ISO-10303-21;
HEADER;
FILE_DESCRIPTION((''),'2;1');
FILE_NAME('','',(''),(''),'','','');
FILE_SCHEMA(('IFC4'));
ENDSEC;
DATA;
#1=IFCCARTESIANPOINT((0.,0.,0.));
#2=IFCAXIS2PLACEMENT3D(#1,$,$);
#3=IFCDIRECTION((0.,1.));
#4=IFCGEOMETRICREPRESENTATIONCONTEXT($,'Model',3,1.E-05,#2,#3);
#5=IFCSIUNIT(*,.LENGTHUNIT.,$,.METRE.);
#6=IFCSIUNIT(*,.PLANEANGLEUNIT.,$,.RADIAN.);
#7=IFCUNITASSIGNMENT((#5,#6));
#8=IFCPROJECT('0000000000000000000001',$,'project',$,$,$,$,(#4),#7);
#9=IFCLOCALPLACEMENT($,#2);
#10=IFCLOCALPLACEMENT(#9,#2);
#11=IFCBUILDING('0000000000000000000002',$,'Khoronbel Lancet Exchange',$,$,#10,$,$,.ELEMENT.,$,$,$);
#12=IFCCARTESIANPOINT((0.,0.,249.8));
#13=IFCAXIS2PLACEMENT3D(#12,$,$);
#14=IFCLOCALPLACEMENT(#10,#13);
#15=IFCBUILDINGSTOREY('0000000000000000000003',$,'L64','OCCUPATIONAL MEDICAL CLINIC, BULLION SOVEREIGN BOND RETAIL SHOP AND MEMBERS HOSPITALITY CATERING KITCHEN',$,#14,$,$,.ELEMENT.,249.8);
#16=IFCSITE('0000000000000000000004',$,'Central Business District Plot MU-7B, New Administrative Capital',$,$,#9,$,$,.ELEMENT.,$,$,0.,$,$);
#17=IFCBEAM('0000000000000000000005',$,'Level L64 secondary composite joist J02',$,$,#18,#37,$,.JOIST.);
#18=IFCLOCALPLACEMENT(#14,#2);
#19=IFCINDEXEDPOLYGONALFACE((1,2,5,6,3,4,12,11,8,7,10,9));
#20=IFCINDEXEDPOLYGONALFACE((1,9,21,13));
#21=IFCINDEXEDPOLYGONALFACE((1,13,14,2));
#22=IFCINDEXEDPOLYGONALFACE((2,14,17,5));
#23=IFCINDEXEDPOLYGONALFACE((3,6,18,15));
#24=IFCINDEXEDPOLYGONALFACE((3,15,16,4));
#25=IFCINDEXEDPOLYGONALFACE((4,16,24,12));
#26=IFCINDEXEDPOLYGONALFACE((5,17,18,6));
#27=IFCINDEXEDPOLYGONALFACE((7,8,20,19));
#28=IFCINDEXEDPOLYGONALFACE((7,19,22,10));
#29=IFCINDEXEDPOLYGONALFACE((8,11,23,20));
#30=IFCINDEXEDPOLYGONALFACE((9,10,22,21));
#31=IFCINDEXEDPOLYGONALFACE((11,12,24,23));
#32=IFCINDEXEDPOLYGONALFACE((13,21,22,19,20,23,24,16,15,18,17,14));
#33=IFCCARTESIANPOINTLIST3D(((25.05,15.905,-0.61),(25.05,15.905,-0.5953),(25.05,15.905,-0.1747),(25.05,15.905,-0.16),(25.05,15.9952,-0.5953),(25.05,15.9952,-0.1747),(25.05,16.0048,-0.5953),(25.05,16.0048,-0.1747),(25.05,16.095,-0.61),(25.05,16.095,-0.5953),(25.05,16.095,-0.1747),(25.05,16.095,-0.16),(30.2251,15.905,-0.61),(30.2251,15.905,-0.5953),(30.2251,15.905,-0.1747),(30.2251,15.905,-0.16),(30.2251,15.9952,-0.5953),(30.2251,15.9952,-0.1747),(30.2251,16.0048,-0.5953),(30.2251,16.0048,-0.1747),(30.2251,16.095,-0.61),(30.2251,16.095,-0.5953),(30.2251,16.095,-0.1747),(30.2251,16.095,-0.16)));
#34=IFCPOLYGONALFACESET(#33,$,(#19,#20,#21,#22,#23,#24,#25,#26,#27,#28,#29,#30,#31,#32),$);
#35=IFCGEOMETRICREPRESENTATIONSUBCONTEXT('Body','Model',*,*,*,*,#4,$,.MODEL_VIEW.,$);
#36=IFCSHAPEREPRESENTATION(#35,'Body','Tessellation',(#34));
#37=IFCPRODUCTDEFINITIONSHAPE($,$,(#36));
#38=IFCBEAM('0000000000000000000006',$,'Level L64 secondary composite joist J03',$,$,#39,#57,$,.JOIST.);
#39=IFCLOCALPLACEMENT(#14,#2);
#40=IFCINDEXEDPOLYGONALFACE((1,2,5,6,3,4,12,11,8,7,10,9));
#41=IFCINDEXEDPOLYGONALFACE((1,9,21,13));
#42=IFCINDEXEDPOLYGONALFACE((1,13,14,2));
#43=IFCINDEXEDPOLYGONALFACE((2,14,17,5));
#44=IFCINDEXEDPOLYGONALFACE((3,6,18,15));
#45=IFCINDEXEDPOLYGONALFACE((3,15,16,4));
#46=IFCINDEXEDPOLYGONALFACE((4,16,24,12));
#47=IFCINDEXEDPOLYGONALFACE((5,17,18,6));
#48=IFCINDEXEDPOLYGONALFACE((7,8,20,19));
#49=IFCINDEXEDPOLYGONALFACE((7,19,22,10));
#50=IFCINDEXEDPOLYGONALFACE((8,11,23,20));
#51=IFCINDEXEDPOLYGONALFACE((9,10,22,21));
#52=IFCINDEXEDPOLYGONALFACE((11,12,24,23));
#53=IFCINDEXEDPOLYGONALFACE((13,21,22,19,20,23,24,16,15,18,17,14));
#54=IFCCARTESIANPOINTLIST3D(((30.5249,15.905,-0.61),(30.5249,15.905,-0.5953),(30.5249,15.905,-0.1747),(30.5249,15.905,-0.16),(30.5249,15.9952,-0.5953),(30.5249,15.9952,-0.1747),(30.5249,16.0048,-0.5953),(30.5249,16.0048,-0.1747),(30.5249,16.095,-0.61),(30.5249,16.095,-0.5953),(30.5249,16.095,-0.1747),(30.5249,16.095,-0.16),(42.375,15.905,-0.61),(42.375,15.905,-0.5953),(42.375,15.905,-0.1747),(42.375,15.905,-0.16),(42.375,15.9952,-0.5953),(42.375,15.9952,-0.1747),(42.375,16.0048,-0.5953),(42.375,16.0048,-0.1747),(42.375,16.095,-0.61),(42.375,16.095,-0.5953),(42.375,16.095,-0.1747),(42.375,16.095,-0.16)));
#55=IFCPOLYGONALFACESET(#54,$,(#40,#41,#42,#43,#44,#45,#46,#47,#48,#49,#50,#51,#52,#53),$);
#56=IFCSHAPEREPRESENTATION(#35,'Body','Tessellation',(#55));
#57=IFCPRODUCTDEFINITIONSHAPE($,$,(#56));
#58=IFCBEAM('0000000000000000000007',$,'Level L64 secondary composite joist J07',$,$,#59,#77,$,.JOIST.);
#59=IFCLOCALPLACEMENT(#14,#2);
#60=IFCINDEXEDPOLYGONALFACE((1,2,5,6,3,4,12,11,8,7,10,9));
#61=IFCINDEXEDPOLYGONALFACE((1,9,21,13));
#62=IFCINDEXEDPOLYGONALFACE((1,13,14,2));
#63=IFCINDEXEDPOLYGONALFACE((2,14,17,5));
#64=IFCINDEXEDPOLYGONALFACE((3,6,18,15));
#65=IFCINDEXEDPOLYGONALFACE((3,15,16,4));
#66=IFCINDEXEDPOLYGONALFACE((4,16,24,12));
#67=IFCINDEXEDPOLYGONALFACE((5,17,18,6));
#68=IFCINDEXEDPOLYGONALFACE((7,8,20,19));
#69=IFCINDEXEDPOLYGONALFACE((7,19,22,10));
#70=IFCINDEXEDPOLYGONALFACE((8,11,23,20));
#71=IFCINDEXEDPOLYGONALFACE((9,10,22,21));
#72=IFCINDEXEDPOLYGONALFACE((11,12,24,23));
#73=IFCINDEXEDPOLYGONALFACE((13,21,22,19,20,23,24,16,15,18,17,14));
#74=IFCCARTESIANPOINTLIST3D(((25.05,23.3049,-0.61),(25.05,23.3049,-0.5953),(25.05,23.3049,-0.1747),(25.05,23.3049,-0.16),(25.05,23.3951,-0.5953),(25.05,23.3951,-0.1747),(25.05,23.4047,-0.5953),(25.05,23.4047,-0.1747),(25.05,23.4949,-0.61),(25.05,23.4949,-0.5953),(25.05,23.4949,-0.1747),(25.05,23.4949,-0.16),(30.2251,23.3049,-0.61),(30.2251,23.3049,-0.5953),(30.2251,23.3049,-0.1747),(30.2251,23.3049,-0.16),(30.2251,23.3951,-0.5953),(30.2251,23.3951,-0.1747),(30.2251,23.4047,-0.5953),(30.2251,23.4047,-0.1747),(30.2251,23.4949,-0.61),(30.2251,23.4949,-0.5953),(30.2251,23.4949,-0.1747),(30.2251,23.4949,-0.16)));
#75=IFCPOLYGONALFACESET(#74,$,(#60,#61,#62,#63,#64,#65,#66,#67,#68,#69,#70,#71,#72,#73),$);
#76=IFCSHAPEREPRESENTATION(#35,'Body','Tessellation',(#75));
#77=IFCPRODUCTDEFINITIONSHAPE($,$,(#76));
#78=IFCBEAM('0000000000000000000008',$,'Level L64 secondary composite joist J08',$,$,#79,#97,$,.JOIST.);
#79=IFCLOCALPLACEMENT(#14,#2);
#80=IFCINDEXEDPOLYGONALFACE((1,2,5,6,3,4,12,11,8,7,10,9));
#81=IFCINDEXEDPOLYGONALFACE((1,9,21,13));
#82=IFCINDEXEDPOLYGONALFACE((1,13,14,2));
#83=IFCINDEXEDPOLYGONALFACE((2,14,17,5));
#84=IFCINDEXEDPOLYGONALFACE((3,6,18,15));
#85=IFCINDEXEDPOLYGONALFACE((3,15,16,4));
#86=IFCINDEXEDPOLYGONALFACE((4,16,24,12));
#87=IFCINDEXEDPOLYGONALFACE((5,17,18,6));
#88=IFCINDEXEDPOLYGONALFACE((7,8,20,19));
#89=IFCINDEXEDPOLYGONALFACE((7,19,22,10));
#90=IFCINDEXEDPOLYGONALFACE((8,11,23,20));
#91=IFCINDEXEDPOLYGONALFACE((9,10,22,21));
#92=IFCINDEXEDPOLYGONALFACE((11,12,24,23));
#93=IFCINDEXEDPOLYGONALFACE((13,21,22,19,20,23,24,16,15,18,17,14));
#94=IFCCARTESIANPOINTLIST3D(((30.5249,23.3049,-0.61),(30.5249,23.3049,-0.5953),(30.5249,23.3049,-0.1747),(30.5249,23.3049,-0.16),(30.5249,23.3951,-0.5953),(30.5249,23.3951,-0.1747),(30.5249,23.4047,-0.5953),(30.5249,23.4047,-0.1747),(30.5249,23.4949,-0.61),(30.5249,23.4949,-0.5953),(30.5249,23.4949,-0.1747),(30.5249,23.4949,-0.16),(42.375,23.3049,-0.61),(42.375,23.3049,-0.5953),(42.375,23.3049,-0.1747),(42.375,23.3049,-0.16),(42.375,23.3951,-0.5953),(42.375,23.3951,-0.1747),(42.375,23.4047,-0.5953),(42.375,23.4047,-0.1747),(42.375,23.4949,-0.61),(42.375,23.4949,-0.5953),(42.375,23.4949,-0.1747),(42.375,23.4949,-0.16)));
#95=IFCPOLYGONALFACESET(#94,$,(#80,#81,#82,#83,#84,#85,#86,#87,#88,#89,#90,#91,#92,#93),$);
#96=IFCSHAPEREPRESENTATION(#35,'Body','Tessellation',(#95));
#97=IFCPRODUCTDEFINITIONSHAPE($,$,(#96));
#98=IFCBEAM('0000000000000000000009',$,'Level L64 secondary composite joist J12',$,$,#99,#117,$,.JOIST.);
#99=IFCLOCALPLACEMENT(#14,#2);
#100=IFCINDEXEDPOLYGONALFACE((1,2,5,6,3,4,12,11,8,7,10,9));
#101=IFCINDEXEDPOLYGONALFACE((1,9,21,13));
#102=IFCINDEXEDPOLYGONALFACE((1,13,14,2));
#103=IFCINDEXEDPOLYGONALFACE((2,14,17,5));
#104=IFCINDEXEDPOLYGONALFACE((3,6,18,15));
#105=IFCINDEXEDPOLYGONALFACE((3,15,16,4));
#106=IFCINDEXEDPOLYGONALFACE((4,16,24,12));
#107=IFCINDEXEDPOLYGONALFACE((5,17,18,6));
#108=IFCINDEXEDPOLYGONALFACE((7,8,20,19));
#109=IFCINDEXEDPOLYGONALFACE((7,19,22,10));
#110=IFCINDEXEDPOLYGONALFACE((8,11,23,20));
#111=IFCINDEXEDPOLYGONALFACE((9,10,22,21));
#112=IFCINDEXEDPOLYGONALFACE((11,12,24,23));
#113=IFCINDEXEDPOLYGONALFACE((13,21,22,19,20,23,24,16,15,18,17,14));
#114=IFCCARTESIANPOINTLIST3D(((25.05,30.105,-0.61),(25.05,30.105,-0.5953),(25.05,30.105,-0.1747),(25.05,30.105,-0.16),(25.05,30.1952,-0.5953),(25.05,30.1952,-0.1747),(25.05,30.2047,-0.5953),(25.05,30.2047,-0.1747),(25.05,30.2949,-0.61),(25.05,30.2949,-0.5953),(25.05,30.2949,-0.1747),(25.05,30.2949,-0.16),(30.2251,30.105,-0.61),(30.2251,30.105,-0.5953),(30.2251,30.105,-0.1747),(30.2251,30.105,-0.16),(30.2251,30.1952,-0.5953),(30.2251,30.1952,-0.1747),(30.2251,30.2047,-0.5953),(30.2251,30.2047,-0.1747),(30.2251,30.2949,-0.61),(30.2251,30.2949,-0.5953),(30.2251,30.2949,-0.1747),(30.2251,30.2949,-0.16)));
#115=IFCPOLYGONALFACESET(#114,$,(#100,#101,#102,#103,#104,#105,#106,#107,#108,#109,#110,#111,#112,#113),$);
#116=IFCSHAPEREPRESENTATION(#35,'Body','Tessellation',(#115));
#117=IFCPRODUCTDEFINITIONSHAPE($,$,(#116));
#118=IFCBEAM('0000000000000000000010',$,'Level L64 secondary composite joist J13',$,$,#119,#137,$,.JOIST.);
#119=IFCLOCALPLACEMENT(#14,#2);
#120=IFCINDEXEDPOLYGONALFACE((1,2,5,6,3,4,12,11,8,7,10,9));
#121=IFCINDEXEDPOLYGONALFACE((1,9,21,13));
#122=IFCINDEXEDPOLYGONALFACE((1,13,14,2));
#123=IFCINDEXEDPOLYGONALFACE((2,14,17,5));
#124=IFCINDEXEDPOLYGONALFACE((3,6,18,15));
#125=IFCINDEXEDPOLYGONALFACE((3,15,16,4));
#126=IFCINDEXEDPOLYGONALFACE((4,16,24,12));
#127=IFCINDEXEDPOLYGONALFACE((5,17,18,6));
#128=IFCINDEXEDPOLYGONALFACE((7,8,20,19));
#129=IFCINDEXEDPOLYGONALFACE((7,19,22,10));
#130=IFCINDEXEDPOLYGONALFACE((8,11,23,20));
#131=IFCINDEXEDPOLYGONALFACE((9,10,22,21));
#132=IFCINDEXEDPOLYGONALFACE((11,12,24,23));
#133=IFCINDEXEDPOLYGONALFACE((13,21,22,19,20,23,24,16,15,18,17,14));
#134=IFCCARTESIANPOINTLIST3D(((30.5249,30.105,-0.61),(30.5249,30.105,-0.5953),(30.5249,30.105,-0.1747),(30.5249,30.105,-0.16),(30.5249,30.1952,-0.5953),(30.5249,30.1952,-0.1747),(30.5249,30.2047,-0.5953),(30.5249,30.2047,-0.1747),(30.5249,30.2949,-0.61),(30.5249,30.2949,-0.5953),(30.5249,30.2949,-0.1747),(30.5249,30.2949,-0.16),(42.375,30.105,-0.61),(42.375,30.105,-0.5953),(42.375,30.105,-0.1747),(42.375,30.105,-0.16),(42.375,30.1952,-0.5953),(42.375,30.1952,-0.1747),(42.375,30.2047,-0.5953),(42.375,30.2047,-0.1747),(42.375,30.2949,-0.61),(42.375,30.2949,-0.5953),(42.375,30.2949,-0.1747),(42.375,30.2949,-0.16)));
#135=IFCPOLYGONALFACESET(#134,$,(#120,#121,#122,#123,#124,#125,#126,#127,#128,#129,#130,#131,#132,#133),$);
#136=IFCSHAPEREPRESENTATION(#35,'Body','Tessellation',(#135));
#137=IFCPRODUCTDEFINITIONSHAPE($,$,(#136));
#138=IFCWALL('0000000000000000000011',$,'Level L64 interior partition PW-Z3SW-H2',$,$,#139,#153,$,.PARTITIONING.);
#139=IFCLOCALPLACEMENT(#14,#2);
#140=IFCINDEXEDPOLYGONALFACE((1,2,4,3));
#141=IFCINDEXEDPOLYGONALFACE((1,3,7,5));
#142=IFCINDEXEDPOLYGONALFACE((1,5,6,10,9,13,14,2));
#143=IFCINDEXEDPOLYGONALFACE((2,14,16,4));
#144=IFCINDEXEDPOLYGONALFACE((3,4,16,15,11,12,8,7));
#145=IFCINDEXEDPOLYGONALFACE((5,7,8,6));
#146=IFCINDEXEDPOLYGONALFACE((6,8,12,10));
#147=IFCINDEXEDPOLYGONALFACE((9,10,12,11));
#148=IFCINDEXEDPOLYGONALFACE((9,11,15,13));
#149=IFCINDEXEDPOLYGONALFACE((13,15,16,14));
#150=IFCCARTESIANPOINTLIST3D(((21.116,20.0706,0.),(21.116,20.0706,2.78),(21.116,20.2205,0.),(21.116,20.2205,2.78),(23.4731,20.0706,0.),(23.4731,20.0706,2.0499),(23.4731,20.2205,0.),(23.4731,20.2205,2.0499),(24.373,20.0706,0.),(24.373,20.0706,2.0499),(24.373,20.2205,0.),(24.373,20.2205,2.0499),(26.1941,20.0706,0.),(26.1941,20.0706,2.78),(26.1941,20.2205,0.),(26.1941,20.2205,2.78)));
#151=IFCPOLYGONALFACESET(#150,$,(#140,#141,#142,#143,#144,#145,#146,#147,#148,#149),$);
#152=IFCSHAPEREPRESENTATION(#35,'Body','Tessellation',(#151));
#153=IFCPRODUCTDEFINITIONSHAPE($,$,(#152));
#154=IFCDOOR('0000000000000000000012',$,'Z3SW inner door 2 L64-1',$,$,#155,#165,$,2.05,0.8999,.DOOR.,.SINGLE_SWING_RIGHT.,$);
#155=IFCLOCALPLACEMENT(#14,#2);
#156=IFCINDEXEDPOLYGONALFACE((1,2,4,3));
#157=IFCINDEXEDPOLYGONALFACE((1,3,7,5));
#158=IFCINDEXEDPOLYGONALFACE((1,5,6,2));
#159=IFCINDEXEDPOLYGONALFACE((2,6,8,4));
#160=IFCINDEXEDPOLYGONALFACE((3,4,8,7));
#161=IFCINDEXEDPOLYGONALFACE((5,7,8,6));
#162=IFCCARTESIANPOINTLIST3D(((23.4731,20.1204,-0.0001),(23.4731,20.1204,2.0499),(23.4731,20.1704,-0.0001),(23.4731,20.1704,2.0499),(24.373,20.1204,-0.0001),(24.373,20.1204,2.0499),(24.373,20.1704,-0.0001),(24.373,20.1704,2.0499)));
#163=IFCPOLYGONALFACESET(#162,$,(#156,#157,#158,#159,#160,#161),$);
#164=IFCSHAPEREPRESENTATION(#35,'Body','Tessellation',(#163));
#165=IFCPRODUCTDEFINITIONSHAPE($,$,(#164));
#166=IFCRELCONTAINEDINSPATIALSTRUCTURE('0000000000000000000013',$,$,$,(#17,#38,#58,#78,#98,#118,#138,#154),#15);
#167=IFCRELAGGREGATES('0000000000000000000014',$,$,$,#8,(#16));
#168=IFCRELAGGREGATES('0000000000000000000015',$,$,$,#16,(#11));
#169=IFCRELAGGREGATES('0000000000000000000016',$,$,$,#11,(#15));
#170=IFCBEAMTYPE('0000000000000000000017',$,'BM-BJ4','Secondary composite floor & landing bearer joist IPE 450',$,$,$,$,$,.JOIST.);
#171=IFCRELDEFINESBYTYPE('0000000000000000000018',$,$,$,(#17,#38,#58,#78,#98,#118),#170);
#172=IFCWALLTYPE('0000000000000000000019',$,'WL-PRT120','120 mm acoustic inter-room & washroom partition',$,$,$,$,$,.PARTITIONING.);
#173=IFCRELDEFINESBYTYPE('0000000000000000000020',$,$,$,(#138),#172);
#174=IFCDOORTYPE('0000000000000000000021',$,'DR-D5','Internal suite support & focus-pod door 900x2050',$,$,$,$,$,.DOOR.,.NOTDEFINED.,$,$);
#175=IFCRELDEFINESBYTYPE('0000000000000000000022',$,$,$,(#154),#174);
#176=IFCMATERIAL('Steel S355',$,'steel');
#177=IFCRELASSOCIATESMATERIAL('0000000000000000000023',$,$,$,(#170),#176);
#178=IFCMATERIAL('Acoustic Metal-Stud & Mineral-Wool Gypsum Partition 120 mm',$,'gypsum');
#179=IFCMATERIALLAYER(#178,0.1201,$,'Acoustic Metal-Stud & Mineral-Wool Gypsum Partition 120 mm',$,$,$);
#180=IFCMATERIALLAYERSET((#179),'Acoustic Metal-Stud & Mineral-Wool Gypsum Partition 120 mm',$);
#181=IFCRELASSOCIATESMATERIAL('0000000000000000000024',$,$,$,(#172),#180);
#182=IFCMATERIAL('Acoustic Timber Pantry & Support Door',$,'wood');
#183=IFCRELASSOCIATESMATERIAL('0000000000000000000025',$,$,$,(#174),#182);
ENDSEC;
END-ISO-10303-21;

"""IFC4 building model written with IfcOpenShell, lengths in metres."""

from ifc_helpers import new_model, si_unit, direction, frame, frame_2d, origin, origin_2d, place, context, subcontext, project, spatial, rectangle, i_section, extrude, material, layer, layer_set, material_profile, profile_set, type_object, element, fill, save


model = new_model("IFC4")

# Units and contexts
model_context = context("Model", 3, precision=1e-05, world=origin(), true_north=direction((0.0, 1.0)))
body_context = subcontext(model_context, "Body", "Model", "MODEL_VIEW")
ifc_project = project(units=[si_unit("LENGTHUNIT", "METRE"), si_unit("PLANEANGLEUNIT", "RADIAN")], contexts=[model_context])

# Site, building, storey
site_placement = place(None, origin())
site = spatial("IfcSite", under=ifc_project, at=site_placement, Name="Central Business District Plot MU-7B, New Administrative Capital", CompositionType="ELEMENT", RefElevation=0.0)
building_placement = place(site_placement, origin())
building = spatial("IfcBuilding", under=site, at=building_placement, Name="Khoronbel Lancet Exchange", CompositionType="ELEMENT")
storey_placement = place(building_placement, frame((0.0, 0.0, 249.8)))
storey = spatial("IfcBuildingStorey", under=building, at=storey_placement, Name="L64", Description="OCCUPATIONAL MEDICAL CLINIC, BULLION SOVEREIGN BOND RETAIL SHOP AND MEMBERS HOSPITALITY CATERING KITCHEN", CompositionType="ELEMENT", Elevation=249.8)

# Beams
ifc_material_1 = material(Name="Steel S355", Category="steel")
ifc_material_profile = material_profile(ifc_material_1, i_section(OverallWidth=0.1899, OverallDepth=0.45, WebThickness=0.0095, FlangeThickness=0.0146, at=origin_2d()), Name="IPE 450")
ifc_profile_set = profile_set([ifc_material_profile], Name="Steel S355")
beam_type = type_object("IfcBeamType", Name="BM-BJ4", Description="Secondary composite floor & landing bearer joist IPE 450", PredefinedType="JOIST", material=ifc_profile_set)
beam_1_placement = place(storey_placement, frame((25.05, 16.0, -0.385), z_axis=(1.0, 0.0, 0.0), x_axis=(0.0, 1.0, 0.0)))
element("IfcBeam", 1, at=beam_1_placement, inside=storey, type_object=beam_type, Name="Level L64 secondary composite joist J02", PredefinedType="JOIST", context=body_context, shape_type="SweptSolid", body=[
    extrude(i_section(OverallWidth=0.1899, OverallDepth=0.45, WebThickness=0.0095, FlangeThickness=0.0146, at=origin_2d()), origin(), (0.0, 0.0, 1.0), 5.175),
])
beam_2_placement = place(storey_placement, frame((30.5249, 16.0, -0.385), z_axis=(1.0, 0.0, 0.0), x_axis=(0.0, 1.0, 0.0)))
element("IfcBeam", 2, at=beam_2_placement, inside=storey, type_object=beam_type, Name="Level L64 secondary composite joist J03", PredefinedType="JOIST", context=body_context, shape_type="SweptSolid", body=[
    extrude(i_section(OverallWidth=0.1899, OverallDepth=0.45, WebThickness=0.0095, FlangeThickness=0.0146, at=origin_2d()), origin(), (0.0, 0.0, 1.0), 11.8501),
])
beam_3_placement = place(storey_placement, frame((25.05, 23.3999, -0.385), z_axis=(1.0, 0.0, 0.0), x_axis=(0.0, 1.0, 0.0)))
element("IfcBeam", 3, at=beam_3_placement, inside=storey, type_object=beam_type, Name="Level L64 secondary composite joist J07", PredefinedType="JOIST", context=body_context, shape_type="SweptSolid", body=[
    extrude(i_section(OverallWidth=0.1899, OverallDepth=0.45, WebThickness=0.0095, FlangeThickness=0.0146, at=origin_2d()), origin(), (0.0, 0.0, 1.0), 5.175),
])
beam_4_placement = place(storey_placement, frame((30.5249, 23.3999, -0.385), z_axis=(1.0, 0.0, 0.0), x_axis=(0.0, 1.0, 0.0)))
element("IfcBeam", 4, at=beam_4_placement, inside=storey, type_object=beam_type, Name="Level L64 secondary composite joist J08", PredefinedType="JOIST", context=body_context, shape_type="SweptSolid", body=[
    extrude(i_section(OverallWidth=0.1899, OverallDepth=0.45, WebThickness=0.0095, FlangeThickness=0.0146, at=origin_2d()), origin(), (0.0, 0.0, 1.0), 11.8501),
])
beam_5_placement = place(storey_placement, frame((25.05, 30.2, -0.385), z_axis=(1.0, 0.0, 0.0), x_axis=(0.0, 1.0, 0.0)))
element("IfcBeam", 5, at=beam_5_placement, inside=storey, type_object=beam_type, Name="Level L64 secondary composite joist J12", PredefinedType="JOIST", context=body_context, shape_type="SweptSolid", body=[
    extrude(i_section(OverallWidth=0.1899, OverallDepth=0.45, WebThickness=0.0095, FlangeThickness=0.0146, at=origin_2d()), origin(), (0.0, 0.0, 1.0), 5.175),
])
beam_6_placement = place(storey_placement, frame((30.5249, 30.2, -0.385), z_axis=(1.0, 0.0, 0.0), x_axis=(0.0, 1.0, 0.0)))
element("IfcBeam", 6, at=beam_6_placement, inside=storey, type_object=beam_type, Name="Level L64 secondary composite joist J13", PredefinedType="JOIST", context=body_context, shape_type="SweptSolid", body=[
    extrude(i_section(OverallWidth=0.1899, OverallDepth=0.45, WebThickness=0.0095, FlangeThickness=0.0146, at=origin_2d()), origin(), (0.0, 0.0, 1.0), 11.8501),
])

# Wall, opening, door
ifc_material_2 = material(Name="Acoustic Metal-Stud & Mineral-Wool Gypsum Partition 120 mm", Category="gypsum")
ifc_layer_1 = layer(ifc_material_2, 0.1201, Name="Acoustic Metal-Stud & Mineral-Wool Gypsum Partition 120 mm")
ifc_layer_set_1 = layer_set([ifc_layer_1], Name="Acoustic Metal-Stud & Mineral-Wool Gypsum Partition 120 mm")
wall_type_1 = type_object("IfcWallType", Name="WL-PRT120", Description="120 mm acoustic inter-room & washroom partition", PredefinedType="PARTITIONING", material=ifc_layer_set_1)
wall_1_placement = place(storey_placement, frame((21.116, 20.1455, 0.0), z_axis=(0.0, 0.0, 1.0), x_axis=(1.0, 0.0, 0.0)))
wall_1 = element("IfcWall", 7, at=wall_1_placement, inside=storey, type_object=wall_type_1, Name="Level L64 interior partition PW-Z3SW-H2", PredefinedType="PARTITIONING", context=body_context, shape_type="SweptSolid", body=[
    extrude(rectangle(XDim=5.0781, YDim=0.1499, at=frame_2d((2.5391, 0.0))), origin(), (0.0, 0.0, 1.0), 2.78),
])
opening_1_placement = place(wall_1_placement, frame((2.3572, 0.0, 0.0)))
opening_1 = element("IfcOpeningElement", 8, at=opening_1_placement, cuts=wall_1, PredefinedType="OPENING", context=body_context, shape_type="SweptSolid", body=[
    extrude(rectangle(XDim=0.8999, YDim=2.05, at=frame_2d((0.45, 1.0249))), frame((0.0, 0.085, 0.0), z_axis=(0.0, -1.0, 0.0), x_axis=(1.0, 0.0, 0.0)), (0.0, 0.0, 1.0), 0.1699),
])
ifc_material_3 = material(Name="Acoustic Timber Pantry & Support Door", Category="wood")
door_type_1 = type_object("IfcDoorType", Name="DR-D5", Description="Internal suite support & focus-pod door 900x2050", OperationType="NOTDEFINED", PredefinedType="DOOR", material=ifc_material_3)
door_1_placement = place(opening_1_placement, origin())
door_1 = element("IfcDoor", 9, at=door_1_placement, inside=storey, type_object=door_type_1, Name="Z3SW inner door 2 L64-1", OperationType="SINGLE_SWING_RIGHT", OverallHeight=2.05, OverallWidth=0.8999, PredefinedType="DOOR", context=body_context, shape_type="SweptSolid", body=[
    extrude(rectangle(XDim=0.8999, YDim=2.05, at=frame_2d((0.45, 1.0249))), frame((0.0, 0.0249, 0.0), z_axis=(0.0, -1.0, 0.0), x_axis=(1.0, 0.0, 0.0)), (0.0, 0.0, 1.0), 0.05),
])
fill(opening_1, door_1)

save(model, "model.ifc")
